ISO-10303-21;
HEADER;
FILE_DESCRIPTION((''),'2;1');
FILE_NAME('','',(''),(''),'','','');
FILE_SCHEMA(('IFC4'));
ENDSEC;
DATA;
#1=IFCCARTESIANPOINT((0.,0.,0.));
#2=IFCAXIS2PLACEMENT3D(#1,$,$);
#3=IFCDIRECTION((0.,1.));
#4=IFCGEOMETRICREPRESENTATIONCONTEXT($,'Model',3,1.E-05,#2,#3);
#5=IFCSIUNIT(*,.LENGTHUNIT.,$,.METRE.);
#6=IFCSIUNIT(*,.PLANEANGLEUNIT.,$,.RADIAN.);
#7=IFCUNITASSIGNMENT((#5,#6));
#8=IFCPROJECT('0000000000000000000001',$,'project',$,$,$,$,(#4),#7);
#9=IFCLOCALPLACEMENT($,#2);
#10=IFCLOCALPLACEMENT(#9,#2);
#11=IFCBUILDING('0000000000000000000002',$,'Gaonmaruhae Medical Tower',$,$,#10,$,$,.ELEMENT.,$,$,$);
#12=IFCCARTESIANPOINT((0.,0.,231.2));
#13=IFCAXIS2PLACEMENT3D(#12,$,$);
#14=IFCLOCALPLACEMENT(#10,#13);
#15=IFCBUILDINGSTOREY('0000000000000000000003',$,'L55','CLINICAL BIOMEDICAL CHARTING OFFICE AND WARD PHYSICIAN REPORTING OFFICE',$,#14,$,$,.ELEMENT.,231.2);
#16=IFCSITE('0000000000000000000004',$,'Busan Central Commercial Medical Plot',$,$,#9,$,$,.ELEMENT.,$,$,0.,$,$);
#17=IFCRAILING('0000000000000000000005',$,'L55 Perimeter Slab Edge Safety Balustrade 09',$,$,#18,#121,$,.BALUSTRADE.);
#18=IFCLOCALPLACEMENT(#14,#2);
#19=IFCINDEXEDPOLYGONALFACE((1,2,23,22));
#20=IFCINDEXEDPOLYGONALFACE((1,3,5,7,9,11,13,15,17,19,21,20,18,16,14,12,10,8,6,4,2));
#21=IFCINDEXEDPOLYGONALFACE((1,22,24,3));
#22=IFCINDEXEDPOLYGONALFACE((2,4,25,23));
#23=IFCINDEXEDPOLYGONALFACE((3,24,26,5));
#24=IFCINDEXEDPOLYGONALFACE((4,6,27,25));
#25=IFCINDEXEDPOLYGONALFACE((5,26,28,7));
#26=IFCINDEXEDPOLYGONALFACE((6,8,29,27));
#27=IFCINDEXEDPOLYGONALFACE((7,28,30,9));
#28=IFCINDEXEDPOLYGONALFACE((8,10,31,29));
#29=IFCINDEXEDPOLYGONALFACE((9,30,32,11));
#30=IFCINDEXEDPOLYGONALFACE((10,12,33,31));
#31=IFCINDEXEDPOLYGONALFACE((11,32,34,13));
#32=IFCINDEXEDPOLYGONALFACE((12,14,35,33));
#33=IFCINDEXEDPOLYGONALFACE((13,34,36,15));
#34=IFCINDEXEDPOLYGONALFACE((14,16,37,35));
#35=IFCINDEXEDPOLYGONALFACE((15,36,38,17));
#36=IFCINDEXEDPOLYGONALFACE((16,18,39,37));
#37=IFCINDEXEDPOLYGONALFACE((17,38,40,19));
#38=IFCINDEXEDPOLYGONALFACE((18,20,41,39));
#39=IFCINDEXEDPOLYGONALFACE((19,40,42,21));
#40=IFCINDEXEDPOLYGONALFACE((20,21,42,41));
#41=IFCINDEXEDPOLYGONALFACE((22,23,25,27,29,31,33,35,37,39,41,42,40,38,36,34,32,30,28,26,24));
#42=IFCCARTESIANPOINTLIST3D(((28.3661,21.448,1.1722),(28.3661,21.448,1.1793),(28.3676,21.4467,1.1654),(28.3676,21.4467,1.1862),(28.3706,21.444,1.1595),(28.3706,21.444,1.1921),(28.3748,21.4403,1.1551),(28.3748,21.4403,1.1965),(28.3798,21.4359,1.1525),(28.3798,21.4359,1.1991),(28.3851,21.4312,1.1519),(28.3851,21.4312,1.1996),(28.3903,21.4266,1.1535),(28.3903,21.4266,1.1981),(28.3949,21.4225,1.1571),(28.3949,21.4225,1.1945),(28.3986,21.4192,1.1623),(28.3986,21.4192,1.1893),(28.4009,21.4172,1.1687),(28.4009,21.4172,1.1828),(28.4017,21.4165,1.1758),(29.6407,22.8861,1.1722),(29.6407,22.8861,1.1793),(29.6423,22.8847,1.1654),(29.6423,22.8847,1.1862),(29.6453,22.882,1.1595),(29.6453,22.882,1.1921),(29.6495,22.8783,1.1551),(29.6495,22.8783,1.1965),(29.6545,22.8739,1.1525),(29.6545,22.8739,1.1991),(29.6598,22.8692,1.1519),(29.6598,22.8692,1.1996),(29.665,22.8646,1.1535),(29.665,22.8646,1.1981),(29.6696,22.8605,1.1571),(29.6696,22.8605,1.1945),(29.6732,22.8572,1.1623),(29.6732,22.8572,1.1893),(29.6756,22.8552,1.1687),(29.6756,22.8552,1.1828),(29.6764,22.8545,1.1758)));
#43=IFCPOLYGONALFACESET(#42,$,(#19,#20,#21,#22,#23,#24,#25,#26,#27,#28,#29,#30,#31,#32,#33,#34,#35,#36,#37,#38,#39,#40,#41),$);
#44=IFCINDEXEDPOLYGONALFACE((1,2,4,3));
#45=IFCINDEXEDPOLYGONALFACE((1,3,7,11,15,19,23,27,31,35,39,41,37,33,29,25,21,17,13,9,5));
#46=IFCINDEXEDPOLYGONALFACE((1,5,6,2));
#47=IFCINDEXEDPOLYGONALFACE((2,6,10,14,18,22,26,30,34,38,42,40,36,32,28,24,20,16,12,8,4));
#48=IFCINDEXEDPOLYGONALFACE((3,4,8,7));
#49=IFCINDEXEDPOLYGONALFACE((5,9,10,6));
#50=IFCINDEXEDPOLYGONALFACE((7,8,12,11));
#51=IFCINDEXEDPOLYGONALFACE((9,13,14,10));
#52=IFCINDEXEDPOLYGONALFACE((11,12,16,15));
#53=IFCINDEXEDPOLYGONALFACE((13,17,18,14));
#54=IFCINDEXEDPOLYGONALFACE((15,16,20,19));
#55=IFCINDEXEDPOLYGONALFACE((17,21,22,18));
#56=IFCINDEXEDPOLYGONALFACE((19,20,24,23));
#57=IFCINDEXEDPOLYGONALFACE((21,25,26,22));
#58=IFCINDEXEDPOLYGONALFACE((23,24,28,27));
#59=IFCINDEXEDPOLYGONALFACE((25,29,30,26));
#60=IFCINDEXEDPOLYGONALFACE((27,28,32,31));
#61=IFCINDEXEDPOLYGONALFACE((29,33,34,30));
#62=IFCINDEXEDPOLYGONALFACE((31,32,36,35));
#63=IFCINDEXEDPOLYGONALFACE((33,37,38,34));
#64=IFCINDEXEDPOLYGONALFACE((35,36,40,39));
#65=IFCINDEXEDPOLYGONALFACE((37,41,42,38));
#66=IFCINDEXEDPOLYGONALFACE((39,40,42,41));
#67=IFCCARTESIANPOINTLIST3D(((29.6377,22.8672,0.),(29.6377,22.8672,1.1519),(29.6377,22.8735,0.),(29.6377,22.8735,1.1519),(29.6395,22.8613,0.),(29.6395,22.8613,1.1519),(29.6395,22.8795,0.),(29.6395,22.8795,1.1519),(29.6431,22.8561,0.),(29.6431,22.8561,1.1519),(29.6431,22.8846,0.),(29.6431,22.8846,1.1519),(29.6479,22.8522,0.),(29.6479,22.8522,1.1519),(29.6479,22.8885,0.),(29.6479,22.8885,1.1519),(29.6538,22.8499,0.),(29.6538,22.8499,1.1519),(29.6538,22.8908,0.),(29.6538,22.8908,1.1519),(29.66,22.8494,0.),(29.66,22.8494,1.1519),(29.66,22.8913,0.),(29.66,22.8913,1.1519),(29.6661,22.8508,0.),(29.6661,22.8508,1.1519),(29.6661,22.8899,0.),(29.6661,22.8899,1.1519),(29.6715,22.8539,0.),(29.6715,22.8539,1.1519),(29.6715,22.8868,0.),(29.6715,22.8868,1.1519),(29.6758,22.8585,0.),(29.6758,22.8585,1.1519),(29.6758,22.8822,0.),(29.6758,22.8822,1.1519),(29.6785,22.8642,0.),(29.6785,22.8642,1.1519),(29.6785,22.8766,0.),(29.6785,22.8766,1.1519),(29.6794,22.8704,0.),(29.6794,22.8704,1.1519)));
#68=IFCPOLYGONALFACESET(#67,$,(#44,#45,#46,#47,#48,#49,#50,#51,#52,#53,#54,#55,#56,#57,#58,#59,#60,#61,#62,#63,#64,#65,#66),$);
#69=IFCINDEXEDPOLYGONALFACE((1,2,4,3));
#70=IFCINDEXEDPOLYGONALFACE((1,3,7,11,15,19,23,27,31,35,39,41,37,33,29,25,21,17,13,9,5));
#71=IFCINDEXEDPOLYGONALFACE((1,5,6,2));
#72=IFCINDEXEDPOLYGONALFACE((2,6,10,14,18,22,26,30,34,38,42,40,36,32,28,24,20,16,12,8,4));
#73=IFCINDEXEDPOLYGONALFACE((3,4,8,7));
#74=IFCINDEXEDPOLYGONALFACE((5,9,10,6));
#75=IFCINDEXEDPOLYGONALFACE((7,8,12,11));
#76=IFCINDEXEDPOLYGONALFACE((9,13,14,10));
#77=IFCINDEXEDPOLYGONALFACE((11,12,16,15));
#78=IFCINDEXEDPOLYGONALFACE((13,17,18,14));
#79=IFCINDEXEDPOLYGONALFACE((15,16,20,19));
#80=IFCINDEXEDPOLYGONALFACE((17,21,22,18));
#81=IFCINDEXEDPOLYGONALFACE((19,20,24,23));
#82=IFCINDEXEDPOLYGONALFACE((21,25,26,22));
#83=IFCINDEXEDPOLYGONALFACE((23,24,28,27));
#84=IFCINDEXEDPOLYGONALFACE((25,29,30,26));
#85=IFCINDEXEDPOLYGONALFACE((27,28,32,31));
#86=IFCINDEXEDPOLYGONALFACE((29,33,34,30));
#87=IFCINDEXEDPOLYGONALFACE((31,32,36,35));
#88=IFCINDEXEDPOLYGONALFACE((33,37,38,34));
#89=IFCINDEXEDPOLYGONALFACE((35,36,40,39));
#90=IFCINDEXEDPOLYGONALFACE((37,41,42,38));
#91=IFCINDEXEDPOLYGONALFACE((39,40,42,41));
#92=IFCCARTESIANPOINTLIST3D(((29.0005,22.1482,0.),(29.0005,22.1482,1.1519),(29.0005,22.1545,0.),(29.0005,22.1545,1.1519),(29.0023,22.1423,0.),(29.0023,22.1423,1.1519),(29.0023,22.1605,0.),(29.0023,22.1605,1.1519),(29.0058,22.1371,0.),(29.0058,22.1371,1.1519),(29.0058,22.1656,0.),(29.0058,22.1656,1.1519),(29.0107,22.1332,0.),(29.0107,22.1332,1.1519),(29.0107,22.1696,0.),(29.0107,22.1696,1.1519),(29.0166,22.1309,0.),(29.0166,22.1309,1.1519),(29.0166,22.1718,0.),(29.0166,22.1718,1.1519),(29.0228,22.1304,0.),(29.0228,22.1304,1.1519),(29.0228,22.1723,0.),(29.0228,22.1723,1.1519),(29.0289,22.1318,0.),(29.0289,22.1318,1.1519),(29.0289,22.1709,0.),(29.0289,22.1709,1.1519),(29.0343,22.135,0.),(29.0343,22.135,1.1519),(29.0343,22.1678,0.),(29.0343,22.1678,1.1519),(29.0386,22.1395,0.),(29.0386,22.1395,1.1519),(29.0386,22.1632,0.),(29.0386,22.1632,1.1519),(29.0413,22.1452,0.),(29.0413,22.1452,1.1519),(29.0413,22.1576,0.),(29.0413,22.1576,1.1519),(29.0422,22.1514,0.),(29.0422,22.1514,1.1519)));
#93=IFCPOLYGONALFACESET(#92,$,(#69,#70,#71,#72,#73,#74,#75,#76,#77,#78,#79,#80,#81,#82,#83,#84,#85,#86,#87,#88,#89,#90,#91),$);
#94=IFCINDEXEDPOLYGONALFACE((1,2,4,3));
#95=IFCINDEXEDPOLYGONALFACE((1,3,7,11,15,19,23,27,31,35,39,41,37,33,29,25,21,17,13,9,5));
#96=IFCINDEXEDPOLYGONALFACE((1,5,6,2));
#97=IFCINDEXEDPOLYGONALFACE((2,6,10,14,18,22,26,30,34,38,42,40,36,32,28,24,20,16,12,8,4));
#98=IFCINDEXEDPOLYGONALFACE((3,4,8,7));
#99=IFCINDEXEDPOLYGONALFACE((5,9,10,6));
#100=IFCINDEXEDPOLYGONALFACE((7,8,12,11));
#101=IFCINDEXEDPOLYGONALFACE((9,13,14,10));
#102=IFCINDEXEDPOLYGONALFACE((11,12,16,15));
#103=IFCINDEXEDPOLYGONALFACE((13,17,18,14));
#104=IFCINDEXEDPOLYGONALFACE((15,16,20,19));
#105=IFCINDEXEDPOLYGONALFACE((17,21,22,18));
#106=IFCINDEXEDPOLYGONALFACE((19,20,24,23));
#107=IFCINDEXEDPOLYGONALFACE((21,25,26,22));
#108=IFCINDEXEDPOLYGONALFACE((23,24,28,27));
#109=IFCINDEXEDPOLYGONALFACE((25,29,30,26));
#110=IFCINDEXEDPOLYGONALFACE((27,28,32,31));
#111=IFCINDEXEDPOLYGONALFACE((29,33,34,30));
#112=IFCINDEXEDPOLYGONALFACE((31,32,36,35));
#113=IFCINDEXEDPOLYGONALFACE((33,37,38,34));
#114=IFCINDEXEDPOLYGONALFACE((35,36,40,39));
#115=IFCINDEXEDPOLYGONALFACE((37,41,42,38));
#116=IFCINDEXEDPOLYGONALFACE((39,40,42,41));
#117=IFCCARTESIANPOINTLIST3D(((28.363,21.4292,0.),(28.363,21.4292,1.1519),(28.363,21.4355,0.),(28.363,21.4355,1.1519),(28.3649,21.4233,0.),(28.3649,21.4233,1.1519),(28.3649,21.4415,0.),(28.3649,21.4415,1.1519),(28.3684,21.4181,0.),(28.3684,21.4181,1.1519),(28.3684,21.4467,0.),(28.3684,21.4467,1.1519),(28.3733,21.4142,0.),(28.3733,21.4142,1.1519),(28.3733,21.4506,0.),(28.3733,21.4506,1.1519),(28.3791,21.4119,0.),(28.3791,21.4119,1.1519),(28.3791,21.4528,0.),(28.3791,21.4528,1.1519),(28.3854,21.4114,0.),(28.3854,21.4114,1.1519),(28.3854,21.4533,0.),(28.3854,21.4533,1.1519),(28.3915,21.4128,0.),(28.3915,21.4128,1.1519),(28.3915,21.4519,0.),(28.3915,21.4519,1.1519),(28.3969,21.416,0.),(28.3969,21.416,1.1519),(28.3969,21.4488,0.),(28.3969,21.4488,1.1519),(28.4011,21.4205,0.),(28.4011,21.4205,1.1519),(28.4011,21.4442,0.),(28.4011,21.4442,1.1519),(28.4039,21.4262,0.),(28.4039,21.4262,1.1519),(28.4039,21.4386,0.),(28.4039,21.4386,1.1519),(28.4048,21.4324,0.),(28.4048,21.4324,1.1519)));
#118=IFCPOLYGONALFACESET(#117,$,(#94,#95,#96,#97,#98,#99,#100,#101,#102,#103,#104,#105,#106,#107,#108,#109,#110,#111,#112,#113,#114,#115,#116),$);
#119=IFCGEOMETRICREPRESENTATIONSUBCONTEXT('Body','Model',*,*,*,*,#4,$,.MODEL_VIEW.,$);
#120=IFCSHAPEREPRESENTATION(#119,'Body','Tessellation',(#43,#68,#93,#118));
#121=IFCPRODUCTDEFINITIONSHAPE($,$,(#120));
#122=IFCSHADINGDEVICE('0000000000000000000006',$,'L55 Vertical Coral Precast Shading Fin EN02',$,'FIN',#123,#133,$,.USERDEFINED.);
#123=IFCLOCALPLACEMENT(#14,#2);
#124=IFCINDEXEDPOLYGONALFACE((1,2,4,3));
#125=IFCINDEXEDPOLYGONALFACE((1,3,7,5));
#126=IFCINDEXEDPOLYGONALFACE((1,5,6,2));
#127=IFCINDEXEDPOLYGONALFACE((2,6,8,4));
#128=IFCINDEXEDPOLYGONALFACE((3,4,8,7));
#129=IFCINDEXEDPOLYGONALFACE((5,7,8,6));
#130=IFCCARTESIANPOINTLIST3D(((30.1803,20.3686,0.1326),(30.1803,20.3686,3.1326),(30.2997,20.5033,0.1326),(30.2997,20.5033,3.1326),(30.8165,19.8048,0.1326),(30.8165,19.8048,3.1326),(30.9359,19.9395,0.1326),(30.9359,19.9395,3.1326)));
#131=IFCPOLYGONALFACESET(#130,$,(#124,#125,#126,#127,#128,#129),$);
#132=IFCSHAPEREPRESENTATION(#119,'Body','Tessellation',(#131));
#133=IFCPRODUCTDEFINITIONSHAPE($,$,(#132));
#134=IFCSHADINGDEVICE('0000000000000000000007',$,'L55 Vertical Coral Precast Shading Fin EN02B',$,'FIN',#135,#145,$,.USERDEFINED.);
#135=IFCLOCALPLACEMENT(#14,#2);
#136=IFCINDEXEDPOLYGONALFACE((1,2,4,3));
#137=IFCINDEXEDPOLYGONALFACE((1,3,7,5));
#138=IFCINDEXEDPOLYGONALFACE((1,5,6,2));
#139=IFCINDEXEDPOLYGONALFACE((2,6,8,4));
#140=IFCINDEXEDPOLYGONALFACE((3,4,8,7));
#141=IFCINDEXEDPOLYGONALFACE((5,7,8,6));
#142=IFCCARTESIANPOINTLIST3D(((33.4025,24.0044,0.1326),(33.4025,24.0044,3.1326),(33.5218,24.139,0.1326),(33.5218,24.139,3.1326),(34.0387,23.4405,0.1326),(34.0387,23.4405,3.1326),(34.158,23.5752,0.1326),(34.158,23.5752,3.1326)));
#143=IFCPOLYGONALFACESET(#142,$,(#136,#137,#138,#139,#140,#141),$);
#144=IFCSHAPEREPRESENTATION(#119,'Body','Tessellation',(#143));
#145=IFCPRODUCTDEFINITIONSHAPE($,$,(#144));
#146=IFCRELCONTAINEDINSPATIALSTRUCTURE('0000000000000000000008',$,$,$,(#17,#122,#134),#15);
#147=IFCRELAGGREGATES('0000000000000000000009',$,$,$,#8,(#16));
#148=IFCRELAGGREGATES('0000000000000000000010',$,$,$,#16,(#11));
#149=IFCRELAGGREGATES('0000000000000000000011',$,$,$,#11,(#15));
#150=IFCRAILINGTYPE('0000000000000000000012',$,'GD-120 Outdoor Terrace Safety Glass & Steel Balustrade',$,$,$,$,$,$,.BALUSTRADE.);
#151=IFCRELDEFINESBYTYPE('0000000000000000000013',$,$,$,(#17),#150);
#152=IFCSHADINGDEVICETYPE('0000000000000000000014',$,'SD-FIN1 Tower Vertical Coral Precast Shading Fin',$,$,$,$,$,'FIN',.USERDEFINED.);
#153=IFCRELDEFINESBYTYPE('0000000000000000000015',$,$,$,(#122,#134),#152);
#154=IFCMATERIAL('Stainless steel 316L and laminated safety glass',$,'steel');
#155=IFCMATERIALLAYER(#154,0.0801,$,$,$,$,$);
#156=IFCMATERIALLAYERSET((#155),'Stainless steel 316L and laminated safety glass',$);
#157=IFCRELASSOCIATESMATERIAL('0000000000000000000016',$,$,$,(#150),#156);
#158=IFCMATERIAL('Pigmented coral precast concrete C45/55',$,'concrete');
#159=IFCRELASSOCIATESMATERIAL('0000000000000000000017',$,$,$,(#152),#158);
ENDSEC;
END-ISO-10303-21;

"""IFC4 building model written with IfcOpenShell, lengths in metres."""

from ifc_helpers import new_model, si_unit, direction, frame, origin, origin_2d, place, context, subcontext, project, spatial, rectangle, circle, extrude, material, layer, layer_set, type_object, element, save


model = new_model("IFC4")

# Units and contexts
model_context = context("Model", 3, precision=1e-05, world=origin(), true_north=direction((0.0, 1.0)))
body_context = subcontext(model_context, "Body", "Model", "MODEL_VIEW")
ifc_project = project(units=[si_unit("LENGTHUNIT", "METRE"), si_unit("PLANEANGLEUNIT", "RADIAN")], contexts=[model_context])

# Site, building, storey
site_placement = place(None, origin())
site = spatial("IfcSite", under=ifc_project, at=site_placement, Name="Busan Central Commercial Medical Plot", CompositionType="ELEMENT", RefElevation=0.0)
building_placement = place(site_placement, origin())
building = spatial("IfcBuilding", under=site, at=building_placement, Name="Gaonmaruhae Medical Tower", CompositionType="ELEMENT")
storey_placement = place(building_placement, frame((0.0, 0.0, 231.2)))
storey = spatial("IfcBuildingStorey", under=building, at=storey_placement, Name="L55", Description="CLINICAL BIOMEDICAL CHARTING OFFICE AND WARD PHYSICIAN REPORTING OFFICE", CompositionType="ELEMENT", Elevation=231.2)

# Railing
ifc_material_1 = material(Name="Stainless steel 316L and laminated safety glass", Category="steel")
ifc_layer_1 = layer(ifc_material_1, 0.0801)
ifc_layer_set_1 = layer_set([ifc_layer_1], Name="Stainless steel 316L and laminated safety glass")
railing_type_1 = type_object("IfcRailingType", Name="GD-120 Outdoor Terrace Safety Glass & Steel Balustrade", PredefinedType="BALUSTRADE", material=ifc_layer_set_1)
railing_1_placement = place(storey_placement, frame((29.6584, 22.8704, 0.0)))
element("IfcRailing", 1, at=railing_1_placement, inside=storey, type_object=railing_type_1, Name="L55 Perimeter Slab Edge Safety Balustrade 09", PredefinedType="BALUSTRADE", context=body_context, shape_type="SweptSolid", body=[
    extrude(circle(Radius=0.0239, at=origin_2d()), frame((0.0, 0.0, 1.1758), z_axis=(-0.66333, -0.748327, 0.0), x_axis=(0.748327, -0.66333, 0.0)), (0.0, 0.0, 1.0), 1.9216),
    extrude(circle(Radius=0.021, at=origin_2d()), origin(), (0.0, 0.0, 1.0), 1.1519),
    extrude(circle(Radius=0.021, at=origin_2d()), frame((-0.6372, -0.719, 0.0)), (0.0, 0.0, 1.0), 1.1519),
    extrude(circle(Radius=0.021, at=origin_2d()), frame((-1.2747, -1.438, 0.0)), (0.0, 0.0, 1.0), 1.1519),
])

# Shading devices
ifc_material_2 = material(Name="Pigmented coral precast concrete C45/55", Category="concrete")
shading_device_type = type_object("IfcShadingDeviceType", Name="SD-FIN1 Tower Vertical Coral Precast Shading Fin", ElementType="FIN", PredefinedType="USERDEFINED", material=ifc_material_2)
for number, where, z_axis, x_axis, name in (
    (2, (30.5581, 20.1541, 0.1326), (0.0, 0.0, 1.0), (0.663273, 0.748377, 0.0), "L55 Vertical Coral Precast Shading Fin EN02"),
    (3, (33.7803, 23.7898, 0.1326), (0.0, 0.0, 1.0), (0.663273, 0.748377, 0.0), "L55 Vertical Coral Precast Shading Fin EN02B"),
):
    element("IfcShadingDevice", number, at=place(storey_placement, frame(where, z_axis=z_axis, x_axis=x_axis)), inside=storey, type_object=shading_device_type, Name=name, ObjectType="FIN", PredefinedType="USERDEFINED", context=body_context, shape_type="SweptSolid", body=[
        extrude(rectangle(XDim=0.1799, YDim=0.8501, at=origin_2d()), origin(), (0.0, 0.0, 1.0), 3.0),
    ])

save(model, "model.ifc")
